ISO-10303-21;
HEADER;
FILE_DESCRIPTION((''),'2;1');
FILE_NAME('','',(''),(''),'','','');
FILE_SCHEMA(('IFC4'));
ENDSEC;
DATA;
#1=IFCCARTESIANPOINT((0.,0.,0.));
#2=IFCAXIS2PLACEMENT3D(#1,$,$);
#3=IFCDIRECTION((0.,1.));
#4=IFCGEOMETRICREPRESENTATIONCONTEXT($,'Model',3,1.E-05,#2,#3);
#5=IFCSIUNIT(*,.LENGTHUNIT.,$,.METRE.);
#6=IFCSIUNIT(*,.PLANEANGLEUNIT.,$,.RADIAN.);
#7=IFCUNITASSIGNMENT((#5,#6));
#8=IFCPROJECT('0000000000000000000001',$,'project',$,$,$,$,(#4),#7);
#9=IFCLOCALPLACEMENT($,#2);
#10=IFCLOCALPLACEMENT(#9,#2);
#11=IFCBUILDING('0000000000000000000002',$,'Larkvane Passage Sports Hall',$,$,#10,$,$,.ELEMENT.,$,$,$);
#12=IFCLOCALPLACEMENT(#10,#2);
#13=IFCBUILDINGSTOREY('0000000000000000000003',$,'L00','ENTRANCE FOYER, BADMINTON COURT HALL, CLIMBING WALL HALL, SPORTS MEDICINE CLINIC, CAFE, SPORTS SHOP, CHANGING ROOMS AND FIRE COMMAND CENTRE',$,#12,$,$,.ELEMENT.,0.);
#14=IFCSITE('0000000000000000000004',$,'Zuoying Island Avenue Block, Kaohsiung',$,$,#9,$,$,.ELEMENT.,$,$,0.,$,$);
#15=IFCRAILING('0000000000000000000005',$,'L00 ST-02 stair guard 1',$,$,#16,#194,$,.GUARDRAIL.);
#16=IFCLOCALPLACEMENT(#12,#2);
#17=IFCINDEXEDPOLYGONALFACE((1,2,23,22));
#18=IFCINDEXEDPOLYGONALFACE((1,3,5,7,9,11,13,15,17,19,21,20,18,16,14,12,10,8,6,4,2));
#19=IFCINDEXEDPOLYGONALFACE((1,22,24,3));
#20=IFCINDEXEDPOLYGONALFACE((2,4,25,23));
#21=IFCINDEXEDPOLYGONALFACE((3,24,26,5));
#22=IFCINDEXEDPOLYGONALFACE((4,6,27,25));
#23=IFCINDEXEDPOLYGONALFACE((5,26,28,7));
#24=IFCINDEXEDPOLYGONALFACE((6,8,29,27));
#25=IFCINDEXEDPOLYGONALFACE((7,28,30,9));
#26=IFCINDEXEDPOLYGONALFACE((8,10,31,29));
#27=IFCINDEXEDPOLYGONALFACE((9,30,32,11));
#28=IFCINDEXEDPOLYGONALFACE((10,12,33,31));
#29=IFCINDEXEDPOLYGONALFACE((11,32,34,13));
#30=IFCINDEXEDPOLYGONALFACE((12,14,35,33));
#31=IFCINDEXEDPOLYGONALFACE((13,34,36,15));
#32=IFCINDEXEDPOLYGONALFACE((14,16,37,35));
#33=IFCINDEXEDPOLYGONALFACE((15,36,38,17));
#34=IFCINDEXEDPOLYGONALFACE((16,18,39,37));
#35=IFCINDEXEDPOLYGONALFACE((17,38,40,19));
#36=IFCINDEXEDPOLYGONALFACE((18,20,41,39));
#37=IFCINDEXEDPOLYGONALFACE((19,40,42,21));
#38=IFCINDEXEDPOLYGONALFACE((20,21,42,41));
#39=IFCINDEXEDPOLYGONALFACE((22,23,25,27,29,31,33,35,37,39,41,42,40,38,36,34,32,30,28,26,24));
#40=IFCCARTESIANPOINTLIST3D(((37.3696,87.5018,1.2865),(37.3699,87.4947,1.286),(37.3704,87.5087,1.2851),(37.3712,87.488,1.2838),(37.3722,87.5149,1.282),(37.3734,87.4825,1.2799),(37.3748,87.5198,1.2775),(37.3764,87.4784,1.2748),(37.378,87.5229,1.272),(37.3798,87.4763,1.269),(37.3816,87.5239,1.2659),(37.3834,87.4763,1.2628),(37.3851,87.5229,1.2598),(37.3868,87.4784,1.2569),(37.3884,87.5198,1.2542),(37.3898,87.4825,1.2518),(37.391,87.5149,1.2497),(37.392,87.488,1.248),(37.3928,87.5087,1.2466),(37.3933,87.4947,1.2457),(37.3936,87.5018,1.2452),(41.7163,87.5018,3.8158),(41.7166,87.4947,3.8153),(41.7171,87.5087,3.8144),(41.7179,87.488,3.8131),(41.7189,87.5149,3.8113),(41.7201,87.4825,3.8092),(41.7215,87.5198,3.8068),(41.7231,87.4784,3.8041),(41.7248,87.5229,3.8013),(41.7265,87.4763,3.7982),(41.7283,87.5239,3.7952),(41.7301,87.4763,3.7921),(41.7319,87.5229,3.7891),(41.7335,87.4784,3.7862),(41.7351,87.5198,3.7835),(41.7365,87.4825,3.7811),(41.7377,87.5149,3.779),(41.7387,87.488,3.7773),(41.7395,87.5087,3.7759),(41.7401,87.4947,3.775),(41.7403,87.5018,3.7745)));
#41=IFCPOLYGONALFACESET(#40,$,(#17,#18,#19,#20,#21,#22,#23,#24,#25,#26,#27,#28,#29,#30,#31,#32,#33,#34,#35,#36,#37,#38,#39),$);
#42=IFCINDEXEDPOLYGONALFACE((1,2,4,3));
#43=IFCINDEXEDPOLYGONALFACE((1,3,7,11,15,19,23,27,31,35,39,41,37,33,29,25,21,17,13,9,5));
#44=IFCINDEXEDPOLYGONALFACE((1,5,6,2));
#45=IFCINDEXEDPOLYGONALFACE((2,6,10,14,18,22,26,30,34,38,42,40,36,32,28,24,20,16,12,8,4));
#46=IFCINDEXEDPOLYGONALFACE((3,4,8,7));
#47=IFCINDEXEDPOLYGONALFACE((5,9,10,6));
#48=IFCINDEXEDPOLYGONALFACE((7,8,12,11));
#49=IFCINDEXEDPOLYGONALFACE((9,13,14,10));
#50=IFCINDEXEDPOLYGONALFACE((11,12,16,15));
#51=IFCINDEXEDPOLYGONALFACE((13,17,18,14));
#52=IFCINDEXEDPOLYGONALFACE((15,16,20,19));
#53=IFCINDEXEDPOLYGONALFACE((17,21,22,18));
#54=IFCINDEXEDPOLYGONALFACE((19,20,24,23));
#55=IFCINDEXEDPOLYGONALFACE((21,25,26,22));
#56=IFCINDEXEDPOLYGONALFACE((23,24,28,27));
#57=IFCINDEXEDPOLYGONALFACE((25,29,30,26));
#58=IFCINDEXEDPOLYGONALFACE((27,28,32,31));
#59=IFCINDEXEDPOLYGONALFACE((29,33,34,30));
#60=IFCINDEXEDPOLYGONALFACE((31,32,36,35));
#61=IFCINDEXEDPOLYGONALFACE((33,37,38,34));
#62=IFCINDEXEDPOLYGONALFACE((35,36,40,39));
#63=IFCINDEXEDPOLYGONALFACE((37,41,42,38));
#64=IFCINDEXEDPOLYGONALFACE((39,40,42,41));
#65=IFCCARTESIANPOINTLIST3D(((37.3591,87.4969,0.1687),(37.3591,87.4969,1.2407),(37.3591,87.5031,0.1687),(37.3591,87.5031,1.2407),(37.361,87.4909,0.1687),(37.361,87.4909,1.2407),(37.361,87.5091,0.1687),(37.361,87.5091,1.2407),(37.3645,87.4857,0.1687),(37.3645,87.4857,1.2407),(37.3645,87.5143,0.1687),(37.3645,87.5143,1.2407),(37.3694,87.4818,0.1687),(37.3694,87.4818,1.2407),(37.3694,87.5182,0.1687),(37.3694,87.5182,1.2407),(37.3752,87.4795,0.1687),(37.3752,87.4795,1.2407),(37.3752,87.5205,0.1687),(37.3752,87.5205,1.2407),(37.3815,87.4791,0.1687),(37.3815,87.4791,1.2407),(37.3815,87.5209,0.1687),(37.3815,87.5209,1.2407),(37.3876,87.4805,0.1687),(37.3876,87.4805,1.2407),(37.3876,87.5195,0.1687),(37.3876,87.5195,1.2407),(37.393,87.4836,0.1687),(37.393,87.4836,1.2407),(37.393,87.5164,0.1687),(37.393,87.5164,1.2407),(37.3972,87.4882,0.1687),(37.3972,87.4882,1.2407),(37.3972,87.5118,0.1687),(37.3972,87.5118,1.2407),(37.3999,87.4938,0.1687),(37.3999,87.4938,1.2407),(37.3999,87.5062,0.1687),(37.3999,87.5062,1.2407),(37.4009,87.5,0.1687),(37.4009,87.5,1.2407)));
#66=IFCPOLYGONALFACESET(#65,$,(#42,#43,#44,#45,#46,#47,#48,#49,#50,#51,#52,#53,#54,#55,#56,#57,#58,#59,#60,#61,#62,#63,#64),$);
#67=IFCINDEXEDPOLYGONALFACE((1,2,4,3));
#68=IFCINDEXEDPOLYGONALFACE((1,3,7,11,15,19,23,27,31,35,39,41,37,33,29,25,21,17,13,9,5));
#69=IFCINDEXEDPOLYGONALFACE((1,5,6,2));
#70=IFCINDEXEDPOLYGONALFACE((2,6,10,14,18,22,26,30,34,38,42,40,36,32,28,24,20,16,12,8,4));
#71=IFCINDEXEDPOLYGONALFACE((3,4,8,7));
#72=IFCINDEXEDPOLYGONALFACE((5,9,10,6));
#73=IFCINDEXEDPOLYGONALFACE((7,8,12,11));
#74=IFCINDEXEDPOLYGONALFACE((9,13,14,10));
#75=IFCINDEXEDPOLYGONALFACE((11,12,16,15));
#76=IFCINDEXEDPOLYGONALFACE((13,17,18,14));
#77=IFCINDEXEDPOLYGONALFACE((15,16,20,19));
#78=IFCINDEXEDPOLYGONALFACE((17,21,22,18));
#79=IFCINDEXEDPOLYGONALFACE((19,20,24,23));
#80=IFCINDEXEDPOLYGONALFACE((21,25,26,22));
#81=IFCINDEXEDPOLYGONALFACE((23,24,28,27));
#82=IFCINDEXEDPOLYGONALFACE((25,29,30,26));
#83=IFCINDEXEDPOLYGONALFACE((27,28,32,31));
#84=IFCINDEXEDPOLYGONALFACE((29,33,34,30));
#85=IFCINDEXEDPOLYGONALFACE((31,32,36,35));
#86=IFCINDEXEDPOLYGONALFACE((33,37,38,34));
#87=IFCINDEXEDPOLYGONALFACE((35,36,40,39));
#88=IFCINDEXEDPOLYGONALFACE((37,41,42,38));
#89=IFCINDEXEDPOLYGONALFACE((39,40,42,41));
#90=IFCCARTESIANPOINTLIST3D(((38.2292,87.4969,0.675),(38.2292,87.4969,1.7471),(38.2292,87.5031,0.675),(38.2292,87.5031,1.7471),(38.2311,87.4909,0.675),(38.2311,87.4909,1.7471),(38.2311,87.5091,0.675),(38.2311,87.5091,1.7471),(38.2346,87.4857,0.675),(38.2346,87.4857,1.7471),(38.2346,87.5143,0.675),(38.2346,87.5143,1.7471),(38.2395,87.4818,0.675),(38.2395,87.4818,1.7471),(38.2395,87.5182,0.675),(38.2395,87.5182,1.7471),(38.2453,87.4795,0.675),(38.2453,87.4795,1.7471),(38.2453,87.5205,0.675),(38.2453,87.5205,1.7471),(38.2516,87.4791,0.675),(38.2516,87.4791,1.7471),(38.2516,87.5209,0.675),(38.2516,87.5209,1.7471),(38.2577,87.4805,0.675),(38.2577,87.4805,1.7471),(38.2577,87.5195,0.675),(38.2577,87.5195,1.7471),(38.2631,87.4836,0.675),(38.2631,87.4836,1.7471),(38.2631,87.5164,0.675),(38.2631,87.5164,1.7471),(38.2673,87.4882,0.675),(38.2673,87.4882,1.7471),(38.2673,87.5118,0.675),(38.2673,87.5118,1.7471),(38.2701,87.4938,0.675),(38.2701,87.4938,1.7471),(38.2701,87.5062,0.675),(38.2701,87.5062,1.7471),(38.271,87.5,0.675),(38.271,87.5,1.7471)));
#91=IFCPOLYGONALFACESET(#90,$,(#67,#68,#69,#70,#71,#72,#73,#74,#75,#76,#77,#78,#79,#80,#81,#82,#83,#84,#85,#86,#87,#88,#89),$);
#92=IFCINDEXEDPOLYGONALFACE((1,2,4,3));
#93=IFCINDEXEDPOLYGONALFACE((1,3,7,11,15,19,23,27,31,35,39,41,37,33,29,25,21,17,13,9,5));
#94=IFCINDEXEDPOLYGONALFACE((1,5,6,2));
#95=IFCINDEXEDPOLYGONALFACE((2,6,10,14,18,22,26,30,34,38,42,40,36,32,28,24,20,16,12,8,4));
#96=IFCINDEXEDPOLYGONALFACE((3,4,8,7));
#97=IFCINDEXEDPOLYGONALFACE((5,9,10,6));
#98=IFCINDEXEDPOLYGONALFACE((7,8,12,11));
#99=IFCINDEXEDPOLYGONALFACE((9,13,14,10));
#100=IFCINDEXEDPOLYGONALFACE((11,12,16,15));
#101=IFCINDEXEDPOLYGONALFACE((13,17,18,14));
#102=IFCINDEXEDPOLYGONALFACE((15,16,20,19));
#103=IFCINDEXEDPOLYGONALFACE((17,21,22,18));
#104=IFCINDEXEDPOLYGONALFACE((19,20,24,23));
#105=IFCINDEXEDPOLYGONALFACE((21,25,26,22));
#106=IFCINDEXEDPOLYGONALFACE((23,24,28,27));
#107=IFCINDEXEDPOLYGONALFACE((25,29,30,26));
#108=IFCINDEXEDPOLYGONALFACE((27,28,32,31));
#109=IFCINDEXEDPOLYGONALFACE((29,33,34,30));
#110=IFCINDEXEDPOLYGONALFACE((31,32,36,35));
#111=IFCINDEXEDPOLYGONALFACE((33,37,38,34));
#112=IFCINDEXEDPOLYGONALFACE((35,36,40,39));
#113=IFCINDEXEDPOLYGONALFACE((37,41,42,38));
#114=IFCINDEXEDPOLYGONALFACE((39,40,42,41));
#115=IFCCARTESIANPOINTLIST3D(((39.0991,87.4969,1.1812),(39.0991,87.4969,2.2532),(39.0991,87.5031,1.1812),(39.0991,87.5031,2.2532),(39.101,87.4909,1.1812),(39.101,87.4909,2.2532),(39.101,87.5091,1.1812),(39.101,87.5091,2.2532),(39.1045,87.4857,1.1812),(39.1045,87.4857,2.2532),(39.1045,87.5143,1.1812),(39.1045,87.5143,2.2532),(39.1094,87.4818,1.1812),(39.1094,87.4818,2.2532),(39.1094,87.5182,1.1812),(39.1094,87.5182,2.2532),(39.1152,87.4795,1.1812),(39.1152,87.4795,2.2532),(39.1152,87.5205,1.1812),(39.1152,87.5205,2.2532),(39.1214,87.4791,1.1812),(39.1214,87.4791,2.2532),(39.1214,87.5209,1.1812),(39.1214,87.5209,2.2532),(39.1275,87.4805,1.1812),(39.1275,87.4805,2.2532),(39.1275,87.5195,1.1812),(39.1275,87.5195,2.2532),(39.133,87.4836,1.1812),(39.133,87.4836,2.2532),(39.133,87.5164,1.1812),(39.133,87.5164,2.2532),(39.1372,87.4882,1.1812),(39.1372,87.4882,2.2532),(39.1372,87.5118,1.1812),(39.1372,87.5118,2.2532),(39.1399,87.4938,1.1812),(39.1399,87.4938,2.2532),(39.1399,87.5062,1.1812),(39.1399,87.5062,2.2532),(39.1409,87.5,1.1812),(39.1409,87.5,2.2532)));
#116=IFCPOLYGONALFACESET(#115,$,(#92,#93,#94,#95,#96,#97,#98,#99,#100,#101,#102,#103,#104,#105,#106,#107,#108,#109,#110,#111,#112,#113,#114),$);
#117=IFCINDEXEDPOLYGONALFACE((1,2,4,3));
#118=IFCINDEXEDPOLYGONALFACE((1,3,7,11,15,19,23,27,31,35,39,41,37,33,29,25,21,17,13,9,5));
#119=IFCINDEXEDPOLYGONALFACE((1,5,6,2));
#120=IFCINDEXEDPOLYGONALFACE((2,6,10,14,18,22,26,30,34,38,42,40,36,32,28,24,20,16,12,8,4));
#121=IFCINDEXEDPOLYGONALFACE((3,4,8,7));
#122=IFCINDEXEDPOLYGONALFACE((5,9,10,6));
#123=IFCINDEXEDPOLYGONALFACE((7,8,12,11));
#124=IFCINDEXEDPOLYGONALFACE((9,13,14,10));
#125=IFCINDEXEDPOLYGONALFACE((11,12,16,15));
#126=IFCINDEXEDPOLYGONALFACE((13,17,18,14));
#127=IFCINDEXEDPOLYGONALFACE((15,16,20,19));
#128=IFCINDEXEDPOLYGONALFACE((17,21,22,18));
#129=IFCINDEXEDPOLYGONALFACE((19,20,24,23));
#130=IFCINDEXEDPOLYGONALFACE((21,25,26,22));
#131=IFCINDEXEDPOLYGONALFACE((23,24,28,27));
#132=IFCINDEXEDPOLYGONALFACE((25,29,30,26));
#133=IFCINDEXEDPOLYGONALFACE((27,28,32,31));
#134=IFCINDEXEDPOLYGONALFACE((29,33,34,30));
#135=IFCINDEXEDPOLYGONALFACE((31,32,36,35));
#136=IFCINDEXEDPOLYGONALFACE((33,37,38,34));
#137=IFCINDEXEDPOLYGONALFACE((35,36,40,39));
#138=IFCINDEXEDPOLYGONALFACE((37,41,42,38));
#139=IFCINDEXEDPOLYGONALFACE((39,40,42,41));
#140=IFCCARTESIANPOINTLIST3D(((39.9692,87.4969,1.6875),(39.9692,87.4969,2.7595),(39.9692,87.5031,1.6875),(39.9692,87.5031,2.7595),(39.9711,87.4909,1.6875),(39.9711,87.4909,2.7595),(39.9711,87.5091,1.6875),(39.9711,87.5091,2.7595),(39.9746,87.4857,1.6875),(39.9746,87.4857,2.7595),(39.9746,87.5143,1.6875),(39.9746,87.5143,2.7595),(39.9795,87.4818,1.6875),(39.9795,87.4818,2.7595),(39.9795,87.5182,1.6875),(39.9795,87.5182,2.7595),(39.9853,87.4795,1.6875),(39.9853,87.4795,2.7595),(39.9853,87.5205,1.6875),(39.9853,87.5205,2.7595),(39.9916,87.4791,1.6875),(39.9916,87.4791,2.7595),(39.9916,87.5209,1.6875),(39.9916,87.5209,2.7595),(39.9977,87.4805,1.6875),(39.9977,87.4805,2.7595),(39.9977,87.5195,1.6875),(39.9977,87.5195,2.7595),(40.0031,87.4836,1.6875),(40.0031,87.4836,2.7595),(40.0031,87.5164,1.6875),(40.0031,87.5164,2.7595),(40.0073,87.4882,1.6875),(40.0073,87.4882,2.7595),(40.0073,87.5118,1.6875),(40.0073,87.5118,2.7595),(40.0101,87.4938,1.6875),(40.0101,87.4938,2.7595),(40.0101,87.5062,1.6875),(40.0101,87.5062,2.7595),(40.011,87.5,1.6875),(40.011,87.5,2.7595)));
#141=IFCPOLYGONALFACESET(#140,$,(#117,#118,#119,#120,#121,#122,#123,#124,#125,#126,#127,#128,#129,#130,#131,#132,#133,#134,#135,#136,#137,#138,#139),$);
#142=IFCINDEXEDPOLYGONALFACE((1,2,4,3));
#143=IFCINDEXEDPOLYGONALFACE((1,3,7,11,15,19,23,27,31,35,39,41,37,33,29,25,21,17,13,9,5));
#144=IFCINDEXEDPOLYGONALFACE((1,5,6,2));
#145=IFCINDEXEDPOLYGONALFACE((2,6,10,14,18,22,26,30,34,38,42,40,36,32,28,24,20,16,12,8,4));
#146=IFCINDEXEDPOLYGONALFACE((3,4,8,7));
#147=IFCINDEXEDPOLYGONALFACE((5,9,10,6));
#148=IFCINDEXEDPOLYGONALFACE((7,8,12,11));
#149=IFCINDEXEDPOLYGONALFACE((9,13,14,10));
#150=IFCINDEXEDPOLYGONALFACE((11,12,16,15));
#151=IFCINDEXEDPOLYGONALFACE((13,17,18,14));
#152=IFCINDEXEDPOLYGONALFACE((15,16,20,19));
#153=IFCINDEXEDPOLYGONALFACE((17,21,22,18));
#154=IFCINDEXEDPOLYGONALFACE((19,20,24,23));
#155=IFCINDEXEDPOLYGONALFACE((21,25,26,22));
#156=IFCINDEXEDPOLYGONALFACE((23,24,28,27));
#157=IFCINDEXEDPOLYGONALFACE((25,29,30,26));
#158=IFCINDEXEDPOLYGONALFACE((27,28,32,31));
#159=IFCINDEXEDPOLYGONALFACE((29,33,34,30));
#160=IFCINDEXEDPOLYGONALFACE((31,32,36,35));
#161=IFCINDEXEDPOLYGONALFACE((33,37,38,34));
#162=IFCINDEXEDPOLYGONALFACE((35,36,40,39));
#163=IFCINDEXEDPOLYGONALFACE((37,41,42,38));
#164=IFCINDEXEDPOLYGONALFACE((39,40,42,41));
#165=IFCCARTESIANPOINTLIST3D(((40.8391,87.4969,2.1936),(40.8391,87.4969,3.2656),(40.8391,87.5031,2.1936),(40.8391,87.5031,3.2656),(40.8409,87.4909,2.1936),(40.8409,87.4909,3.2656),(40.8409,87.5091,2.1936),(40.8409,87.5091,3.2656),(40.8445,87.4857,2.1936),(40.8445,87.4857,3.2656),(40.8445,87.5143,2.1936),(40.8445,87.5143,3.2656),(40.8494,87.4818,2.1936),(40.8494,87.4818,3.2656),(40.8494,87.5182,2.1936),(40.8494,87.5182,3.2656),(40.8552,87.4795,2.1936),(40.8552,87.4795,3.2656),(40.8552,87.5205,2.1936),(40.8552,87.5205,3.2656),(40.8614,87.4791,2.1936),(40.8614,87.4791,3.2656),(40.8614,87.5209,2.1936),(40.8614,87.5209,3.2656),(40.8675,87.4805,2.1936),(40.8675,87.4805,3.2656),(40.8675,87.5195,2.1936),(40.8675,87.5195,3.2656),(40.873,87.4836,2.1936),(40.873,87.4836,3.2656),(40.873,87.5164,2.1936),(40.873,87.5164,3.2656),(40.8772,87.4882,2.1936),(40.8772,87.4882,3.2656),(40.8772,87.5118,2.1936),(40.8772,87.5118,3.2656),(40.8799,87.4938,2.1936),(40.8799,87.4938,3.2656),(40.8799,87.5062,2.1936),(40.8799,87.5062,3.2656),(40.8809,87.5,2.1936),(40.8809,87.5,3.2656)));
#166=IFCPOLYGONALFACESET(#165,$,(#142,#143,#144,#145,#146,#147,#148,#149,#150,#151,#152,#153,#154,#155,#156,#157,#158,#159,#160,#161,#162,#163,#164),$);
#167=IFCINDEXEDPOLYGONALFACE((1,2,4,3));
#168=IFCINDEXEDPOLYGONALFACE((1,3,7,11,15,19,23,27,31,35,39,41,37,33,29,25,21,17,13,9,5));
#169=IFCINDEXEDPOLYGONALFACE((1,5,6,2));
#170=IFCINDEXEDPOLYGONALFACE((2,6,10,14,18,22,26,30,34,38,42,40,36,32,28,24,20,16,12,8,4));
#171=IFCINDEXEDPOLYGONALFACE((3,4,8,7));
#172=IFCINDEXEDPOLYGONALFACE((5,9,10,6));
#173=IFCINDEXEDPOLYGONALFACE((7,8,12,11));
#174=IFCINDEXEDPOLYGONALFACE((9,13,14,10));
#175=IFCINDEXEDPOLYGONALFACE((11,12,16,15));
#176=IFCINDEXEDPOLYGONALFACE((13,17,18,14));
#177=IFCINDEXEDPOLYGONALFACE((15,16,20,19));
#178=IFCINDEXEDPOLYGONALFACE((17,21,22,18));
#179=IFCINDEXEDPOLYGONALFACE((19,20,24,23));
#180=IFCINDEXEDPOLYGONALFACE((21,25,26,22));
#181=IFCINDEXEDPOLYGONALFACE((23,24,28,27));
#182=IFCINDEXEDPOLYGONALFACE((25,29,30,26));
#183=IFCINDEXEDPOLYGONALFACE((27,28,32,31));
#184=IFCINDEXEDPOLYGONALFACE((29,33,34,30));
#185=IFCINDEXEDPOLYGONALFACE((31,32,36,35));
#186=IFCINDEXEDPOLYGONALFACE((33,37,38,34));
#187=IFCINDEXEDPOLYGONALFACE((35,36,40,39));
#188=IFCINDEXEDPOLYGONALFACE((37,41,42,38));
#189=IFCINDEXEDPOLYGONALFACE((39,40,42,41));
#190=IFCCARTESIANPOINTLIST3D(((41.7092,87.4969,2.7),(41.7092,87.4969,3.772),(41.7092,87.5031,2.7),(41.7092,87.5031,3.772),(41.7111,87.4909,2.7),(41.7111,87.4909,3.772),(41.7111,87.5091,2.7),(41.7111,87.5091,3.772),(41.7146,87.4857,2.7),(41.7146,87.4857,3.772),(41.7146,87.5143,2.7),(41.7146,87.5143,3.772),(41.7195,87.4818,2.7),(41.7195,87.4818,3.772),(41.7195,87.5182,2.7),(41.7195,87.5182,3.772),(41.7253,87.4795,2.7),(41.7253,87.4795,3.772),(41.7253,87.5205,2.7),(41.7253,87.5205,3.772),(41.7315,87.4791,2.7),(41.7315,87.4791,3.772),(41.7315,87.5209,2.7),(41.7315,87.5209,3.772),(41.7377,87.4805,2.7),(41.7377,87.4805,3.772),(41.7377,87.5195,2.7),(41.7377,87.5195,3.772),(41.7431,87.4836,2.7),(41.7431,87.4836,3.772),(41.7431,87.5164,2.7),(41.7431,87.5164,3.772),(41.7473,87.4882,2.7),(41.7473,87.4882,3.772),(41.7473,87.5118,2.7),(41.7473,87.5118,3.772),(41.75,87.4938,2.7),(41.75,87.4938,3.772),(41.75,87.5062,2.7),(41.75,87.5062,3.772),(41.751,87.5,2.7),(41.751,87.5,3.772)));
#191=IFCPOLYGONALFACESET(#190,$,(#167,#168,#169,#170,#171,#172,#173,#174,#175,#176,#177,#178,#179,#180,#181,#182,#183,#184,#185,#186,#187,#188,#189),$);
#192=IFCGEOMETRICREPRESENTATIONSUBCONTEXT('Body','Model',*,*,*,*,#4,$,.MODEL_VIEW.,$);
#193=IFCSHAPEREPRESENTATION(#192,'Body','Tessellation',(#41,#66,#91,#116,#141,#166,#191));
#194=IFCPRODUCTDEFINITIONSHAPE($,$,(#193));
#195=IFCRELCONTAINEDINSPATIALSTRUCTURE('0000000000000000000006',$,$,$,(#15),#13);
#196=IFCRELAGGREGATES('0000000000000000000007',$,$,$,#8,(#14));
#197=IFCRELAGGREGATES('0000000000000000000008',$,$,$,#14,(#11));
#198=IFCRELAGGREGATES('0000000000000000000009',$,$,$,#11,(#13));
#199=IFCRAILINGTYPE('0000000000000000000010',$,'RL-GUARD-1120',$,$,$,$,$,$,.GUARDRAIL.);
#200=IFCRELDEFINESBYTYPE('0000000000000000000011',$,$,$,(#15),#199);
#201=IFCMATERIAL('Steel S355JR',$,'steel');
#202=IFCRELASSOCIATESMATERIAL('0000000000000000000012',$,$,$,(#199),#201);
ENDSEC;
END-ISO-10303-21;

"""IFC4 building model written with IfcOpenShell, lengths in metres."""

from ifc_helpers import new_model, si_unit, direction, frame, origin, origin_2d, place, context, subcontext, project, spatial, circle, extrude, material, type_object, element, save


model = new_model("IFC4")

# Units and contexts
model_context = context("Model", 3, precision=1e-05, world=origin(), true_north=direction((0.0, 1.0)))
body_context = subcontext(model_context, "Body", "Model", "MODEL_VIEW")
ifc_project = project(units=[si_unit("LENGTHUNIT", "METRE"), si_unit("PLANEANGLEUNIT", "RADIAN")], contexts=[model_context])

# Site, building, storey
site_placement = place(None, origin())
site = spatial("IfcSite", under=ifc_project, at=site_placement, Name="Zuoying Island Avenue Block, Kaohsiung", CompositionType="ELEMENT", RefElevation=0.0)
building_placement = place(site_placement, origin())
building = spatial("IfcBuilding", under=site, at=building_placement, Name="Larkvane Passage Sports Hall", CompositionType="ELEMENT")
storey_placement = place(building_placement, origin())
storey = spatial("IfcBuildingStorey", under=building, at=storey_placement, Name="L00", Description="ENTRANCE FOYER, BADMINTON COURT HALL, CLIMBING WALL HALL, SPORTS MEDICINE CLINIC, CAFE, SPORTS SHOP, CHANGING ROOMS AND FIRE COMMAND CENTRE", CompositionType="ELEMENT", Elevation=0.0)

# Shared definitions
ifc_material_1 = material(Name="Steel S355JR", Category="steel")

# Railing
railing_type_1 = type_object("IfcRailingType", Name="RL-GUARD-1120", PredefinedType="GUARDRAIL", material=ifc_material_1)
railing_1_placement = place(storey_placement, frame((37.3799, 87.5, 0.1687)))
element("IfcRailing", 1, at=railing_1_placement, inside=storey, type_object=railing_type_1, Name="L00 ST-02 stair guard 1", PredefinedType="GUARDRAIL", context=body_context, shape_type="SweptSolid", body=[
    extrude(circle(Radius=0.0239, at=origin_2d()), frame((0.0017, 0.0, 1.0972), z_axis=(0.864324, 0.0, 0.502936), x_axis=(0.0, 1.0, 0.0)), (0.0, 0.0, 1.0), 5.0291),
    extrude(circle(Radius=0.021, at=origin_2d()), origin(), (0.0, 0.0, 1.0), 1.072),
    extrude(circle(Radius=0.021, at=origin_2d()), frame((0.8701, 0.0, 0.5063)), (0.0, 0.0, 1.0), 1.072),
    extrude(circle(Radius=0.021, at=origin_2d()), frame((1.74, 0.0, 1.0125)), (0.0, 0.0, 1.0), 1.072),
    extrude(circle(Radius=0.021, at=origin_2d()), frame((2.6101, 0.0, 1.5188)), (0.0, 0.0, 1.0), 1.072),
    extrude(circle(Radius=0.021, at=origin_2d()), frame((3.48, 0.0, 2.0249)), (0.0, 0.0, 1.0), 1.072),
    extrude(circle(Radius=0.021, at=origin_2d()), frame((4.3501, 0.0, 2.5312)), (0.0, 0.0, 1.0), 1.072),
])

save(model, "model.ifc")
